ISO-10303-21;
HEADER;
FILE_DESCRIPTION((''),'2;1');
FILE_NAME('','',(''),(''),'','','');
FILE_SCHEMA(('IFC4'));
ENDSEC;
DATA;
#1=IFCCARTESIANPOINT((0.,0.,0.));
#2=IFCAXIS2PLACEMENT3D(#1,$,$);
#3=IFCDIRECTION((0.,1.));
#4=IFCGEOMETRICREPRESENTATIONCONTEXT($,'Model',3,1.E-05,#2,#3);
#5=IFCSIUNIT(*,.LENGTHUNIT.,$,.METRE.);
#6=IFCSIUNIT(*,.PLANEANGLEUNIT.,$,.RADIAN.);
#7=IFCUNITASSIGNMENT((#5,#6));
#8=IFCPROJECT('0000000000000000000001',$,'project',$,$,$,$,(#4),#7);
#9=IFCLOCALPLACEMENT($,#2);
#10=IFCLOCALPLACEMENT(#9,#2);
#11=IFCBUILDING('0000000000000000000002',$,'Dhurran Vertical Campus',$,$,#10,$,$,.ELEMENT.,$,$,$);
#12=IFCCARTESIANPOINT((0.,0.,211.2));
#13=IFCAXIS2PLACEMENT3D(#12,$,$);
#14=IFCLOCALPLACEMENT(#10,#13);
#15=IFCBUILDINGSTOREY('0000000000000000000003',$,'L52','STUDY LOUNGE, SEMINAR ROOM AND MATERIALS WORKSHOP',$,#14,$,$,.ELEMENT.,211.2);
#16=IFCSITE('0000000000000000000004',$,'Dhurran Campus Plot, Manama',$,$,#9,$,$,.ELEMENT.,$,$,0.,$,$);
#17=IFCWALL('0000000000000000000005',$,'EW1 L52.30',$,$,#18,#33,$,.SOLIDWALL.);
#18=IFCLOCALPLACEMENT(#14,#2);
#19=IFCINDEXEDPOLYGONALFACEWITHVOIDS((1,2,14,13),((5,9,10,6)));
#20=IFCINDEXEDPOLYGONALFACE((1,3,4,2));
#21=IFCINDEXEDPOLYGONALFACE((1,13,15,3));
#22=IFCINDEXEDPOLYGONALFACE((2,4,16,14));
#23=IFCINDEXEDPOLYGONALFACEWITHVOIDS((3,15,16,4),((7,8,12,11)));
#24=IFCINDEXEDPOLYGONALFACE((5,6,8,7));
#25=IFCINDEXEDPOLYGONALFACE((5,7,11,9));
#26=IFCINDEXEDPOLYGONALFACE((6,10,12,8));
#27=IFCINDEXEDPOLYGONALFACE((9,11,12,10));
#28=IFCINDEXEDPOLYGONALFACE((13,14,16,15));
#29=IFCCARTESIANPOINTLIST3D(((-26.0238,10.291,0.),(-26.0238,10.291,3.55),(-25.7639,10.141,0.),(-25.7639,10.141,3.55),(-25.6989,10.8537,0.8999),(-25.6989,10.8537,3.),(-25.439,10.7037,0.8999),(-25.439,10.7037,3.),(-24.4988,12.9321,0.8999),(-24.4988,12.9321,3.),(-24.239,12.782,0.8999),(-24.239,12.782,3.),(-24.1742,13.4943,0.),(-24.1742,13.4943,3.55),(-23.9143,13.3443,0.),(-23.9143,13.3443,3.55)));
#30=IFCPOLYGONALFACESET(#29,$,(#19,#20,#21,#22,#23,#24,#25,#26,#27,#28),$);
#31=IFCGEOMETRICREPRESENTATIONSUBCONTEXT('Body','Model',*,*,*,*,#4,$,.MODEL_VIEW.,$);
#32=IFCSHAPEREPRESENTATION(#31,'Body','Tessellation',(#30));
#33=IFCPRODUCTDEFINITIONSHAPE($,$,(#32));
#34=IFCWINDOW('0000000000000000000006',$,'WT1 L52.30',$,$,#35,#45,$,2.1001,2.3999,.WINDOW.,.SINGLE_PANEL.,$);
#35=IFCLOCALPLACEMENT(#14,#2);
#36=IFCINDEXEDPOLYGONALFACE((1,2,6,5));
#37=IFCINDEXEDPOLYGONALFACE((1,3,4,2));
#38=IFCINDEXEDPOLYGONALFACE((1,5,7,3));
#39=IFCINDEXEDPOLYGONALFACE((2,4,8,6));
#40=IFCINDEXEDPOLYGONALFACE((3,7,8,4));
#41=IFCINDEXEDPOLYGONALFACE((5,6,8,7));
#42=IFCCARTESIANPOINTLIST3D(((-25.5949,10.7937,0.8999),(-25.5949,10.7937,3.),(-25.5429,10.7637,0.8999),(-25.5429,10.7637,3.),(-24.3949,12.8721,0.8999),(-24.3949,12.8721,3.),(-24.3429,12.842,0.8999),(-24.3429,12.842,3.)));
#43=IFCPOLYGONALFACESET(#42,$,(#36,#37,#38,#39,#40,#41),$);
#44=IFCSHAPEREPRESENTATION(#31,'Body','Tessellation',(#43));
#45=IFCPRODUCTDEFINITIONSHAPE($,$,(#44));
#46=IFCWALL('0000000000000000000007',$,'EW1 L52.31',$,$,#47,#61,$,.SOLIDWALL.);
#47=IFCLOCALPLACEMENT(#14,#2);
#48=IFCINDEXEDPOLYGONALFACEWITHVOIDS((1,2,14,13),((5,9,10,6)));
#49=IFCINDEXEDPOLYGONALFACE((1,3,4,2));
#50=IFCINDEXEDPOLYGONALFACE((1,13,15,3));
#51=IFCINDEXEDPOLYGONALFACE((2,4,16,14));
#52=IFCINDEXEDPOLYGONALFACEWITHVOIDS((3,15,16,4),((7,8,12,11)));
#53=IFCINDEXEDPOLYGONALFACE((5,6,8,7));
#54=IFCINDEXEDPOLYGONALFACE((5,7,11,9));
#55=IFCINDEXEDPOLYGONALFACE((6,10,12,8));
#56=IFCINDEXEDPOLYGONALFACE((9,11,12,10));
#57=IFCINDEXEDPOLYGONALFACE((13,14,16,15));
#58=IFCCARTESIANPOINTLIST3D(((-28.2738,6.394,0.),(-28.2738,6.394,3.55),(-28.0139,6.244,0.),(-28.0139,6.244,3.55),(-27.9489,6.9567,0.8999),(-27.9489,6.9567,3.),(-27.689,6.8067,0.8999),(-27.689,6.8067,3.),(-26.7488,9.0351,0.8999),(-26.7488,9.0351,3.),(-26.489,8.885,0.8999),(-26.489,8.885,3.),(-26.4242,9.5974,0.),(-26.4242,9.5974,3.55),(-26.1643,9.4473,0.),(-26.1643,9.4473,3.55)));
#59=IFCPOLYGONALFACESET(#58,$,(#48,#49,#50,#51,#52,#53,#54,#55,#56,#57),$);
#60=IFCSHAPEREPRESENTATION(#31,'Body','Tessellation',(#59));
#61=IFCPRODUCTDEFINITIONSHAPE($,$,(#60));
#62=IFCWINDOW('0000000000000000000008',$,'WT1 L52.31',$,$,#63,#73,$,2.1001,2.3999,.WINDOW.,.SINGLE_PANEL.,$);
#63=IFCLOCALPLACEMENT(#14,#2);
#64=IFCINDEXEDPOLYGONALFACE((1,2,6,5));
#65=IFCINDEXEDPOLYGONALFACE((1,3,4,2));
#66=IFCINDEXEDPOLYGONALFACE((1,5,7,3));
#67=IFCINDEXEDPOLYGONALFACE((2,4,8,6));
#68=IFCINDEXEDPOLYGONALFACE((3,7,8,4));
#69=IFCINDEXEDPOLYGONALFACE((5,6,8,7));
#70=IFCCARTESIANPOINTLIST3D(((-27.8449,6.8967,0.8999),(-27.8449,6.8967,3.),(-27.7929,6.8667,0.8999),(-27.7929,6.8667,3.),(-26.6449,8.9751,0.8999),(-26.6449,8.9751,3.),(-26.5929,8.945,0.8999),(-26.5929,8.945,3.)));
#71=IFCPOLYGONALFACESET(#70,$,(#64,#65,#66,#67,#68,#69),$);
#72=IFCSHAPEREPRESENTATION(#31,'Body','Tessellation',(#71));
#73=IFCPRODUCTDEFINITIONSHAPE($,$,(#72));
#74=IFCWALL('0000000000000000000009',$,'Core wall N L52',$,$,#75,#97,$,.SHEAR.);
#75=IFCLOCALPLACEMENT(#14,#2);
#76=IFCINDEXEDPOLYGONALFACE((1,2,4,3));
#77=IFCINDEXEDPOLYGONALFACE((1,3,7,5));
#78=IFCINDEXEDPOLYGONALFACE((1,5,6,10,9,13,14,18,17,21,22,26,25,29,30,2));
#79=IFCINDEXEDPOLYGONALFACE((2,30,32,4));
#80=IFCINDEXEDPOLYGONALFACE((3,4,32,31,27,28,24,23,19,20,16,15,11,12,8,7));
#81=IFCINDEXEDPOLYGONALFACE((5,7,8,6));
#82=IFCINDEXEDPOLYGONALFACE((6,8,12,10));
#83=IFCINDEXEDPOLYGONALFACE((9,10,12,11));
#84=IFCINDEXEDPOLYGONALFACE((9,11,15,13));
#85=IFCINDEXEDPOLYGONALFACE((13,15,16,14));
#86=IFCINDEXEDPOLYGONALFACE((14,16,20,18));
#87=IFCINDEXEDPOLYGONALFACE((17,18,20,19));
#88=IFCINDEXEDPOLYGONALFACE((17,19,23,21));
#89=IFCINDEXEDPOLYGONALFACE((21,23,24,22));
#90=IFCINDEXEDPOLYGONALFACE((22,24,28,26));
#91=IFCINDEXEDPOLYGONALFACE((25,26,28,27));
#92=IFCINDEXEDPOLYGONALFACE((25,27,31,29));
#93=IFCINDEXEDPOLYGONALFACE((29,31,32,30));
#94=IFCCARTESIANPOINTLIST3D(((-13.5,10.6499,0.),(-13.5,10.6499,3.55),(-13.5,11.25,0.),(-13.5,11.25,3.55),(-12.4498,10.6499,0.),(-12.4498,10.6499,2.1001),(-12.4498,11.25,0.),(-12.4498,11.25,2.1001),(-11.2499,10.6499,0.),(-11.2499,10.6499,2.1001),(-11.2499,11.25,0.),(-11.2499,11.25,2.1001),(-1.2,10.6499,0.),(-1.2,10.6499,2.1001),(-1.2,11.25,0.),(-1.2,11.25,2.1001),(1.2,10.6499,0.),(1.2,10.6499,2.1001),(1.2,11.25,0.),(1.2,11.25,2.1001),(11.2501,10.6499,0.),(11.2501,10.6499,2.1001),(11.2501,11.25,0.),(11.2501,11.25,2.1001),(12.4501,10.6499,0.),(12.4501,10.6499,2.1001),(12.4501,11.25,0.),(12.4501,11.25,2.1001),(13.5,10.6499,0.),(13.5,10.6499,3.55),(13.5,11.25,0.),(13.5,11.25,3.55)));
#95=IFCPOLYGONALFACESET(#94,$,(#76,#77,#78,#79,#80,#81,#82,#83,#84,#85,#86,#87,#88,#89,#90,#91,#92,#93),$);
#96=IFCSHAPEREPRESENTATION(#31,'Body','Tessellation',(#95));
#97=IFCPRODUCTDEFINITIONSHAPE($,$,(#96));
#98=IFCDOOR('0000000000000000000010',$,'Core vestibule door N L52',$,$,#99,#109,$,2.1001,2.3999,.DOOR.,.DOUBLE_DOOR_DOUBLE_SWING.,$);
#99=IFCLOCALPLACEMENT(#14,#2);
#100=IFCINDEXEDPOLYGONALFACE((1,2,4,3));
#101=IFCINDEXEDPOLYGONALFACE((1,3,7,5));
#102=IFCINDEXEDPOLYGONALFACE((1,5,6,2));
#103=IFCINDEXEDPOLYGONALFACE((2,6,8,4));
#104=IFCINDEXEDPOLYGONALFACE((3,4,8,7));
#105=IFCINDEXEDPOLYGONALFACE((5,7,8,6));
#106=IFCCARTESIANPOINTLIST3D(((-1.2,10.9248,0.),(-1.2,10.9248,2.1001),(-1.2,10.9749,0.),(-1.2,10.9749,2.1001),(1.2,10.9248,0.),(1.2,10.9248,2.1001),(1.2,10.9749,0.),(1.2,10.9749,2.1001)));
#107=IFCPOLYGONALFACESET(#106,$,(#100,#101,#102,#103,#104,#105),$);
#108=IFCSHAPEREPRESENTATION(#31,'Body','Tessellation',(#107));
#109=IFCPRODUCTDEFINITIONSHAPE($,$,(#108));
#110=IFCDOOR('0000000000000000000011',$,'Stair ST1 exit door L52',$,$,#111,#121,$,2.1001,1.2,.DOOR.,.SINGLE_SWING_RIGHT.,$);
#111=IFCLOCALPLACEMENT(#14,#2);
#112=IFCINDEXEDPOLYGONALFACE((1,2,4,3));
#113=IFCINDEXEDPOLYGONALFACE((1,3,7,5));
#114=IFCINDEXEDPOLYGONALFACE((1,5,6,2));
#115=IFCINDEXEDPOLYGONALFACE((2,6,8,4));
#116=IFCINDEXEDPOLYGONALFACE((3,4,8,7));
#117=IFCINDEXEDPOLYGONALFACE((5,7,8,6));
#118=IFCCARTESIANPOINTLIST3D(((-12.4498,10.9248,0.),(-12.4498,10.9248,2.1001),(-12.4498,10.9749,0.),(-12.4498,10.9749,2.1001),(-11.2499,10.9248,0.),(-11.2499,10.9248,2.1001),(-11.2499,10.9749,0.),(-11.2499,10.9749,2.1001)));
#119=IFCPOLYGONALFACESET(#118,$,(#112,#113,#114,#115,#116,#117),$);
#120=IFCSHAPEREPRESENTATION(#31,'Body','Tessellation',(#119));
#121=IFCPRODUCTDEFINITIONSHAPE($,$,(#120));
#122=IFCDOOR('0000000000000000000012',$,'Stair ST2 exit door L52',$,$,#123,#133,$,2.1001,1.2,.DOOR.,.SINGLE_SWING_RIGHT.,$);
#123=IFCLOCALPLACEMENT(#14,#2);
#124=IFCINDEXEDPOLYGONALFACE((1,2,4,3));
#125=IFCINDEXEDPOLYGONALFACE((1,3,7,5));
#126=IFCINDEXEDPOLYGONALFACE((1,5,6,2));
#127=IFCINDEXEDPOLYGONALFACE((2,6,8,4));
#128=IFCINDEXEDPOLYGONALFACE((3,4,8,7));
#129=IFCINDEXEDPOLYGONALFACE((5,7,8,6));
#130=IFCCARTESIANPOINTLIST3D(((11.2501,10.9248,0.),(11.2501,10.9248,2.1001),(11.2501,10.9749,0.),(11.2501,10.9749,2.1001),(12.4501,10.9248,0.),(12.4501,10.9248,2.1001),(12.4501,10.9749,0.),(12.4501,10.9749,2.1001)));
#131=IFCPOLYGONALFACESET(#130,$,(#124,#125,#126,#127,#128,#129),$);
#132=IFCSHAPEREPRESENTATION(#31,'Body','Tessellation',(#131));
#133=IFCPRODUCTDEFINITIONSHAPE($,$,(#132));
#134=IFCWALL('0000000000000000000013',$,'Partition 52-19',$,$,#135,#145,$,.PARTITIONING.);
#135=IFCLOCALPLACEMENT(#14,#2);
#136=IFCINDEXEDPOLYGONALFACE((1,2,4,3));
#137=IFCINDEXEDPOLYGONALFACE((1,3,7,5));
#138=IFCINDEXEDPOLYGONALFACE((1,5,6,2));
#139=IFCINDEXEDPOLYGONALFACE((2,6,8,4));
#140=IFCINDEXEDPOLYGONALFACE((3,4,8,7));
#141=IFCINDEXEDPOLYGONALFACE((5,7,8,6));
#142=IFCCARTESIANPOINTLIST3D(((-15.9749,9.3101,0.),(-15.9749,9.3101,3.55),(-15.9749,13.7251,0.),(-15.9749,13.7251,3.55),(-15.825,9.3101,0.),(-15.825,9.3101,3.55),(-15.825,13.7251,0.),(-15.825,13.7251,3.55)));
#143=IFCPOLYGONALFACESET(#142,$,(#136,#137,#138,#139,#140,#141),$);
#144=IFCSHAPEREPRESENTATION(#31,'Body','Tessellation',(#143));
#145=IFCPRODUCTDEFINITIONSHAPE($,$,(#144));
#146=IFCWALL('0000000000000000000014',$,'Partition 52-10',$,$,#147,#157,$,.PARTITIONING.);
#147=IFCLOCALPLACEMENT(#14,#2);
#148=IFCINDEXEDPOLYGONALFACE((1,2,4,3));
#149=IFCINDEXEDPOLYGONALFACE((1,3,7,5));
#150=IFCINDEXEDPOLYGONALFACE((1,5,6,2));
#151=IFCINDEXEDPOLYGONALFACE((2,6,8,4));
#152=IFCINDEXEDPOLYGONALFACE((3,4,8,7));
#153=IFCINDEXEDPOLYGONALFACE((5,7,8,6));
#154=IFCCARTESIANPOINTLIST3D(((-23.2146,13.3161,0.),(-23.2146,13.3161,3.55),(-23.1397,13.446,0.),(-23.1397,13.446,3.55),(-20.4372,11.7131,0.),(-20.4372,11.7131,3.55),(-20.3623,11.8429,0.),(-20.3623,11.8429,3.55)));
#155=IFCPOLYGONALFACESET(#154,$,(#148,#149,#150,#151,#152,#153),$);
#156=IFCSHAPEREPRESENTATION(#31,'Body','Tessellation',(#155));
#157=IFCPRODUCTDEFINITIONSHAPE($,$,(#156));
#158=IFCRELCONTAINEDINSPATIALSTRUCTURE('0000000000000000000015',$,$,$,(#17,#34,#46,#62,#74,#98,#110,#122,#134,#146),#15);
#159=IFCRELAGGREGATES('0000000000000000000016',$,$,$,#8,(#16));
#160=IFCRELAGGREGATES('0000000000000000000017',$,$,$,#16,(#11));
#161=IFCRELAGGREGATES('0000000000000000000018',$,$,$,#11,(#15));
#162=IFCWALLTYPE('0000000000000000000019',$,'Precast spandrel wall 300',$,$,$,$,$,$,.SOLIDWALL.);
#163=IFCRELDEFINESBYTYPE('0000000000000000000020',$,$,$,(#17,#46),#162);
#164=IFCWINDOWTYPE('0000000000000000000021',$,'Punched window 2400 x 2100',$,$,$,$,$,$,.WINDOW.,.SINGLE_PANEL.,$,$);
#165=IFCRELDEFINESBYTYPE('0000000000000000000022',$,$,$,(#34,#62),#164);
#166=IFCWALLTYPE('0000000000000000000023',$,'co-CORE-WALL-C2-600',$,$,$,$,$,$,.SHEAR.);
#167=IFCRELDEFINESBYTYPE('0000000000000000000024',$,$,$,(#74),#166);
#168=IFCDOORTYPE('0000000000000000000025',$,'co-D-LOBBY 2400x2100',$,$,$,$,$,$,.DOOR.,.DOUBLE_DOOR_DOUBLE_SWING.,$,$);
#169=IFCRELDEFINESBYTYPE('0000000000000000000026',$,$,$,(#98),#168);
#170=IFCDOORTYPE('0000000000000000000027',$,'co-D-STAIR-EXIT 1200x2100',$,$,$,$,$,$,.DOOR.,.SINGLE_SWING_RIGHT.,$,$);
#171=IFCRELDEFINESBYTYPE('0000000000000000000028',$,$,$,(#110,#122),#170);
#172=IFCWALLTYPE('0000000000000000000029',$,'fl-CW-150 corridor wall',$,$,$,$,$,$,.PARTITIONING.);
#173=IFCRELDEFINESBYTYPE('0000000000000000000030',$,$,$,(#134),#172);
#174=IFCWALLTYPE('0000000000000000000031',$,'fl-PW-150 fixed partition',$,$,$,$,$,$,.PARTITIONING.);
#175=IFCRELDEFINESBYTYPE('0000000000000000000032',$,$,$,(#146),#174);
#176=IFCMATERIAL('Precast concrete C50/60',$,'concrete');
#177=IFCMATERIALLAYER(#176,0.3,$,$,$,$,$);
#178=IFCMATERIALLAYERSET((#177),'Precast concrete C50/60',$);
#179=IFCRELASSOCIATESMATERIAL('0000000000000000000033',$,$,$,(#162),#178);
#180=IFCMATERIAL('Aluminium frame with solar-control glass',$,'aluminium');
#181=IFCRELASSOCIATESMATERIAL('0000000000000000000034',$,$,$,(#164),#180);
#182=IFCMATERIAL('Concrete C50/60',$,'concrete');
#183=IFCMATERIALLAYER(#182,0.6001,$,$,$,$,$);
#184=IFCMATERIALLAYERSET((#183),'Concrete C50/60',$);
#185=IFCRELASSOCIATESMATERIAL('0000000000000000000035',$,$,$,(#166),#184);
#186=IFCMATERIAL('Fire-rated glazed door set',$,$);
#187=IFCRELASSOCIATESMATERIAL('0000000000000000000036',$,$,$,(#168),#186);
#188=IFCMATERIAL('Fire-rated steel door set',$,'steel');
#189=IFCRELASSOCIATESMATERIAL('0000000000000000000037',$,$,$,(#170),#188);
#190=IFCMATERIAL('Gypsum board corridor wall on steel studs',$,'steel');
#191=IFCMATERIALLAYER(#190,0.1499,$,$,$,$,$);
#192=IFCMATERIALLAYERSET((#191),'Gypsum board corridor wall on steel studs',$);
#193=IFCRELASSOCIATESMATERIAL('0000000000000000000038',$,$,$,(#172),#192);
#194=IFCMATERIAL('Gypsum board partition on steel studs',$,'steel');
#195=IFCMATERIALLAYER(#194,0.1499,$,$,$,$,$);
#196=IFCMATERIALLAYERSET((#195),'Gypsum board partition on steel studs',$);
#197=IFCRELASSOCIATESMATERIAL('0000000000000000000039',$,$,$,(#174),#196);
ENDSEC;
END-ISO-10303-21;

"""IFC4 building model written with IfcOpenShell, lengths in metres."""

from ifc_helpers import new_model, si_unit, direction, frame, frame_2d, origin, place, context, subcontext, project, spatial, rectangle, extrude, material, layer, layer_set, type_object, element, fill, save


model = new_model("IFC4")

# Units and contexts
model_context = context("Model", 3, precision=1e-05, world=origin(), true_north=direction((0.0, 1.0)))
body_context = subcontext(model_context, "Body", "Model", "MODEL_VIEW")
ifc_project = project(units=[si_unit("LENGTHUNIT", "METRE"), si_unit("PLANEANGLEUNIT", "RADIAN")], contexts=[model_context])

# Site, building, storey
site_placement = place(None, origin())
site = spatial("IfcSite", under=ifc_project, at=site_placement, Name="Dhurran Campus Plot, Manama", CompositionType="ELEMENT", RefElevation=0.0)
building_placement = place(site_placement, origin())
building = spatial("IfcBuilding", under=site, at=building_placement, Name="Dhurran Vertical Campus", CompositionType="ELEMENT")
storey_placement = place(building_placement, frame((0.0, 0.0, 211.2)))
storey = spatial("IfcBuildingStorey", under=building, at=storey_placement, Name="L52", Description="STUDY LOUNGE, SEMINAR ROOM AND MATERIALS WORKSHOP", CompositionType="ELEMENT", Elevation=211.2)

# Walls, openings, windows
ifc_material_1 = material(Name="Precast concrete C50/60", Category="concrete")
ifc_layer_1 = layer(ifc_material_1, 0.3)
ifc_layer_set_1 = layer_set([ifc_layer_1], Name="Precast concrete C50/60")
wall_type_1 = type_object("IfcWallType", Name="Precast spandrel wall 300", PredefinedType="SOLIDWALL", material=ifc_layer_set_1)
ifc_material_2 = material(Name="Aluminium frame with solar-control glass", Category="aluminium")
window_type = type_object("IfcWindowType", Name="Punched window 2400 x 2100", PartitioningType="SINGLE_PANEL", PredefinedType="WINDOW", material=ifc_material_2)
wall_1_placement = place(storey_placement, frame((-24.0442, 13.4194, 0.0), z_axis=(0.0, 0.0, 1.0), x_axis=(-0.500029, -0.866009, 0.0)))
wall_1 = element("IfcWall", 1, at=wall_1_placement, inside=storey, type_object=wall_type_1, Name="EW1 L52.30", PredefinedType="SOLIDWALL", context=body_context, shape_type="SweptSolid", body=[
    extrude(rectangle(XDim=3.699, YDim=0.3, at=frame_2d((1.8496, 0.0))), origin(), (0.0, 0.0, 1.0), 3.55),
])
opening_1_placement = place(wall_1_placement, frame((0.6494, 0.0, 0.8999)))
opening_1 = element("IfcOpeningElement", 2, at=opening_1_placement, cuts=wall_1, PredefinedType="OPENING", context=body_context, shape_type="SweptSolid", body=[
    extrude(rectangle(XDim=2.3999, YDim=2.1001, at=frame_2d((1.2, 1.05))), frame((0.0, 0.1599, 0.0), z_axis=(0.0, -1.0, 0.0), x_axis=(1.0, 0.0, 0.0)), (0.0, 0.0, 1.0), 0.3201),
])
window_1_placement = place(opening_1_placement, origin())
window_1 = element("IfcWindow", 3, at=window_1_placement, inside=storey, type_object=window_type, Name="WT1 L52.30", OverallHeight=2.1001, OverallWidth=2.3999, PartitioningType="SINGLE_PANEL", PredefinedType="WINDOW", context=body_context, shape_type="SweptSolid", body=[
    extrude(rectangle(XDim=2.3999, YDim=2.1001, at=frame_2d((1.2, 1.05))), frame((0.0, 0.03, 0.0), z_axis=(0.0, -1.0, 0.0), x_axis=(1.0, 0.0, 0.0)), (0.0, 0.0, 1.0), 0.0601),
])
fill(opening_1, window_1)
wall_2_placement = place(storey_placement, frame((-26.2942, 9.5225, 0.0), z_axis=(0.0, 0.0, 1.0), x_axis=(-0.500029, -0.866009, 0.0)))
wall_2 = element("IfcWall", 4, at=wall_2_placement, inside=storey, type_object=wall_type_1, Name="EW1 L52.31", PredefinedType="SOLIDWALL", context=body_context, shape_type="SweptSolid", body=[
    extrude(rectangle(XDim=3.699, YDim=0.3, at=frame_2d((1.8496, 0.0))), origin(), (0.0, 0.0, 1.0), 3.55),
])
opening_2_placement = place(wall_2_placement, frame((0.6494, 0.0, 0.8999)))
opening_2 = element("IfcOpeningElement", 5, at=opening_2_placement, cuts=wall_2, PredefinedType="OPENING", context=body_context, shape_type="SweptSolid", body=[
    extrude(rectangle(XDim=2.3999, YDim=2.1001, at=frame_2d((1.2, 1.05))), frame((0.0, 0.1599, 0.0), z_axis=(0.0, -1.0, 0.0), x_axis=(1.0, 0.0, 0.0)), (0.0, 0.0, 1.0), 0.3201),
])
window_2_placement = place(opening_2_placement, origin())
window_2 = element("IfcWindow", 6, at=window_2_placement, inside=storey, type_object=window_type, Name="WT1 L52.31", OverallHeight=2.1001, OverallWidth=2.3999, PartitioningType="SINGLE_PANEL", PredefinedType="WINDOW", context=body_context, shape_type="SweptSolid", body=[
    extrude(rectangle(XDim=2.3999, YDim=2.1001, at=frame_2d((1.2, 1.05))), frame((0.0, 0.03, 0.0), z_axis=(0.0, -1.0, 0.0), x_axis=(1.0, 0.0, 0.0)), (0.0, 0.0, 1.0), 0.0601),
])
fill(opening_2, window_2)

# Wall, openings, doors
ifc_material_3 = material(Name="Concrete C50/60", Category="concrete")
ifc_layer_2 = layer(ifc_material_3, 0.6001)
ifc_layer_set_2 = layer_set([ifc_layer_2], Name="Concrete C50/60")
wall_type_2 = type_object("IfcWallType", Name="co-CORE-WALL-C2-600", PredefinedType="SHEAR", material=ifc_layer_set_2)
wall_3_placement = place(storey_placement, frame((-13.5, 10.95, 0.0), z_axis=(0.0, 0.0, 1.0), x_axis=(1.0, 0.0, 0.0)))
wall_3 = element("IfcWall", 7, at=wall_3_placement, inside=storey, type_object=wall_type_2, Name="Core wall N L52", PredefinedType="SHEAR", context=body_context, shape_type="SweptSolid", body=[
    extrude(rectangle(XDim=27.0, YDim=0.6001, at=frame_2d((13.5, 0.0))), origin(), (0.0, 0.0, 1.0), 3.55),
])
opening_3_placement = place(wall_3_placement, frame((12.3, 0.0, 0.0)))
opening_3 = element("IfcOpeningElement", 8, at=opening_3_placement, cuts=wall_3, PredefinedType="OPENING", context=body_context, shape_type="SweptSolid", body=[
    extrude(rectangle(XDim=2.3999, YDim=2.1001, at=frame_2d((1.2, 1.05))), frame((0.0, 0.3101, 0.0), z_axis=(0.0, -1.0, 0.0), x_axis=(1.0, 0.0, 0.0)), (0.0, 0.0, 1.0), 0.6201),
])
opening_4_placement = place(wall_3_placement, frame((1.05, 0.0, 0.0)))
opening_4 = element("IfcOpeningElement", 9, at=opening_4_placement, cuts=wall_3, PredefinedType="OPENING", context=body_context, shape_type="SweptSolid", body=[
    extrude(rectangle(XDim=1.2, YDim=2.1001, at=frame_2d((0.6001, 1.05))), frame((0.0, 0.3101, 0.0), z_axis=(0.0, -1.0, 0.0), x_axis=(1.0, 0.0, 0.0)), (0.0, 0.0, 1.0), 0.6201),
])
opening_5_placement = place(wall_3_placement, frame((24.75, 0.0, 0.0)))
opening_5 = element("IfcOpeningElement", 10, at=opening_5_placement, cuts=wall_3, PredefinedType="OPENING", context=body_context, shape_type="SweptSolid", body=[
    extrude(rectangle(XDim=1.2, YDim=2.1001, at=frame_2d((0.6001, 1.05))), frame((0.0, 0.3101, 0.0), z_axis=(0.0, -1.0, 0.0), x_axis=(1.0, 0.0, 0.0)), (0.0, 0.0, 1.0), 0.6201),
])
ifc_material_4 = material(Name="Fire-rated glazed door set")
door_type_1 = type_object("IfcDoorType", Name="co-D-LOBBY 2400x2100", OperationType="DOUBLE_DOOR_DOUBLE_SWING", PredefinedType="DOOR", material=ifc_material_4)
door_1_placement = place(opening_3_placement, origin())
door_1 = element("IfcDoor", 11, at=door_1_placement, inside=storey, type_object=door_type_1, Name="Core vestibule door N L52", OperationType="DOUBLE_DOOR_DOUBLE_SWING", OverallHeight=2.1001, OverallWidth=2.3999, PredefinedType="DOOR", context=body_context, shape_type="SweptSolid", body=[
    extrude(rectangle(XDim=2.3999, YDim=2.1001, at=frame_2d((1.2, 1.05))), frame((0.0, 0.0249, 0.0), z_axis=(0.0, -1.0, 0.0), x_axis=(1.0, 0.0, 0.0)), (0.0, 0.0, 1.0), 0.05),
])
fill(opening_3, door_1)
ifc_material_5 = material(Name="Fire-rated steel door set", Category="steel")
door_type_2 = type_object("IfcDoorType", Name="co-D-STAIR-EXIT 1200x2100", OperationType="SINGLE_SWING_RIGHT", PredefinedType="DOOR", material=ifc_material_5)
door_2_placement = place(opening_4_placement, origin())
door_2 = element("IfcDoor", 12, at=door_2_placement, inside=storey, type_object=door_type_2, Name="Stair ST1 exit door L52", OperationType="SINGLE_SWING_RIGHT", OverallHeight=2.1001, OverallWidth=1.2, PredefinedType="DOOR", context=body_context, shape_type="SweptSolid", body=[
    extrude(rectangle(XDim=1.2, YDim=2.1001, at=frame_2d((0.6001, 1.05))), frame((0.0, 0.0249, 0.0), z_axis=(0.0, -1.0, 0.0), x_axis=(1.0, 0.0, 0.0)), (0.0, 0.0, 1.0), 0.05),
])
fill(opening_4, door_2)
door_3_placement = place(opening_5_placement, origin())
door_3 = element("IfcDoor", 13, at=door_3_placement, inside=storey, type_object=door_type_2, Name="Stair ST2 exit door L52", OperationType="SINGLE_SWING_RIGHT", OverallHeight=2.1001, OverallWidth=1.2, PredefinedType="DOOR", context=body_context, shape_type="SweptSolid", body=[
    extrude(rectangle(XDim=1.2, YDim=2.1001, at=frame_2d((0.6001, 1.05))), frame((0.0, 0.0249, 0.0), z_axis=(0.0, -1.0, 0.0), x_axis=(1.0, 0.0, 0.0)), (0.0, 0.0, 1.0), 0.05),
])
fill(opening_5, door_3)

# Walls
ifc_material_6 = material(Name="Gypsum board corridor wall on steel studs", Category="steel")
ifc_layer_3 = layer(ifc_material_6, 0.1499)
ifc_layer_set_3 = layer_set([ifc_layer_3], Name="Gypsum board corridor wall on steel studs")
wall_type_3 = type_object("IfcWallType", Name="fl-CW-150 corridor wall", PredefinedType="PARTITIONING", material=ifc_layer_set_3)
wall_4_placement = place(storey_placement, frame((-15.8999, 13.7251, 0.0), z_axis=(0.0, 0.0, 1.0), x_axis=(0.0, -1.0, 0.0)))
element("IfcWall", 14, at=wall_4_placement, inside=storey, type_object=wall_type_3, Name="Partition 52-19", PredefinedType="PARTITIONING", context=body_context, shape_type="SweptSolid", body=[
    extrude(rectangle(XDim=4.415, YDim=0.1499, at=frame_2d((2.2075, 0.0))), origin(), (0.0, 0.0, 1.0), 3.55),
])
ifc_material_7 = material(Name="Gypsum board partition on steel studs", Category="steel")
ifc_layer_4 = layer(ifc_material_7, 0.1499)
ifc_layer_set_4 = layer_set([ifc_layer_4], Name="Gypsum board partition on steel studs")
wall_type_4 = type_object("IfcWallType", Name="fl-PW-150 fixed partition", PredefinedType="PARTITIONING", material=ifc_layer_set_4)
wall_5_placement = place(storey_placement, frame((-23.1772, 13.3811, 0.0), z_axis=(0.0, 0.0, 1.0), x_axis=(0.866089, -0.499889, 0.0)))
element("IfcWall", 15, at=wall_5_placement, inside=storey, type_object=wall_type_4, Name="Partition 52-10", PredefinedType="PARTITIONING", context=body_context, shape_type="SweptSolid", body=[
    extrude(rectangle(XDim=3.2068, YDim=0.1499, at=frame_2d((1.6035, 0.0))), origin(), (0.0, 0.0, 1.0), 3.55),
])

save(model, "model.ifc")
